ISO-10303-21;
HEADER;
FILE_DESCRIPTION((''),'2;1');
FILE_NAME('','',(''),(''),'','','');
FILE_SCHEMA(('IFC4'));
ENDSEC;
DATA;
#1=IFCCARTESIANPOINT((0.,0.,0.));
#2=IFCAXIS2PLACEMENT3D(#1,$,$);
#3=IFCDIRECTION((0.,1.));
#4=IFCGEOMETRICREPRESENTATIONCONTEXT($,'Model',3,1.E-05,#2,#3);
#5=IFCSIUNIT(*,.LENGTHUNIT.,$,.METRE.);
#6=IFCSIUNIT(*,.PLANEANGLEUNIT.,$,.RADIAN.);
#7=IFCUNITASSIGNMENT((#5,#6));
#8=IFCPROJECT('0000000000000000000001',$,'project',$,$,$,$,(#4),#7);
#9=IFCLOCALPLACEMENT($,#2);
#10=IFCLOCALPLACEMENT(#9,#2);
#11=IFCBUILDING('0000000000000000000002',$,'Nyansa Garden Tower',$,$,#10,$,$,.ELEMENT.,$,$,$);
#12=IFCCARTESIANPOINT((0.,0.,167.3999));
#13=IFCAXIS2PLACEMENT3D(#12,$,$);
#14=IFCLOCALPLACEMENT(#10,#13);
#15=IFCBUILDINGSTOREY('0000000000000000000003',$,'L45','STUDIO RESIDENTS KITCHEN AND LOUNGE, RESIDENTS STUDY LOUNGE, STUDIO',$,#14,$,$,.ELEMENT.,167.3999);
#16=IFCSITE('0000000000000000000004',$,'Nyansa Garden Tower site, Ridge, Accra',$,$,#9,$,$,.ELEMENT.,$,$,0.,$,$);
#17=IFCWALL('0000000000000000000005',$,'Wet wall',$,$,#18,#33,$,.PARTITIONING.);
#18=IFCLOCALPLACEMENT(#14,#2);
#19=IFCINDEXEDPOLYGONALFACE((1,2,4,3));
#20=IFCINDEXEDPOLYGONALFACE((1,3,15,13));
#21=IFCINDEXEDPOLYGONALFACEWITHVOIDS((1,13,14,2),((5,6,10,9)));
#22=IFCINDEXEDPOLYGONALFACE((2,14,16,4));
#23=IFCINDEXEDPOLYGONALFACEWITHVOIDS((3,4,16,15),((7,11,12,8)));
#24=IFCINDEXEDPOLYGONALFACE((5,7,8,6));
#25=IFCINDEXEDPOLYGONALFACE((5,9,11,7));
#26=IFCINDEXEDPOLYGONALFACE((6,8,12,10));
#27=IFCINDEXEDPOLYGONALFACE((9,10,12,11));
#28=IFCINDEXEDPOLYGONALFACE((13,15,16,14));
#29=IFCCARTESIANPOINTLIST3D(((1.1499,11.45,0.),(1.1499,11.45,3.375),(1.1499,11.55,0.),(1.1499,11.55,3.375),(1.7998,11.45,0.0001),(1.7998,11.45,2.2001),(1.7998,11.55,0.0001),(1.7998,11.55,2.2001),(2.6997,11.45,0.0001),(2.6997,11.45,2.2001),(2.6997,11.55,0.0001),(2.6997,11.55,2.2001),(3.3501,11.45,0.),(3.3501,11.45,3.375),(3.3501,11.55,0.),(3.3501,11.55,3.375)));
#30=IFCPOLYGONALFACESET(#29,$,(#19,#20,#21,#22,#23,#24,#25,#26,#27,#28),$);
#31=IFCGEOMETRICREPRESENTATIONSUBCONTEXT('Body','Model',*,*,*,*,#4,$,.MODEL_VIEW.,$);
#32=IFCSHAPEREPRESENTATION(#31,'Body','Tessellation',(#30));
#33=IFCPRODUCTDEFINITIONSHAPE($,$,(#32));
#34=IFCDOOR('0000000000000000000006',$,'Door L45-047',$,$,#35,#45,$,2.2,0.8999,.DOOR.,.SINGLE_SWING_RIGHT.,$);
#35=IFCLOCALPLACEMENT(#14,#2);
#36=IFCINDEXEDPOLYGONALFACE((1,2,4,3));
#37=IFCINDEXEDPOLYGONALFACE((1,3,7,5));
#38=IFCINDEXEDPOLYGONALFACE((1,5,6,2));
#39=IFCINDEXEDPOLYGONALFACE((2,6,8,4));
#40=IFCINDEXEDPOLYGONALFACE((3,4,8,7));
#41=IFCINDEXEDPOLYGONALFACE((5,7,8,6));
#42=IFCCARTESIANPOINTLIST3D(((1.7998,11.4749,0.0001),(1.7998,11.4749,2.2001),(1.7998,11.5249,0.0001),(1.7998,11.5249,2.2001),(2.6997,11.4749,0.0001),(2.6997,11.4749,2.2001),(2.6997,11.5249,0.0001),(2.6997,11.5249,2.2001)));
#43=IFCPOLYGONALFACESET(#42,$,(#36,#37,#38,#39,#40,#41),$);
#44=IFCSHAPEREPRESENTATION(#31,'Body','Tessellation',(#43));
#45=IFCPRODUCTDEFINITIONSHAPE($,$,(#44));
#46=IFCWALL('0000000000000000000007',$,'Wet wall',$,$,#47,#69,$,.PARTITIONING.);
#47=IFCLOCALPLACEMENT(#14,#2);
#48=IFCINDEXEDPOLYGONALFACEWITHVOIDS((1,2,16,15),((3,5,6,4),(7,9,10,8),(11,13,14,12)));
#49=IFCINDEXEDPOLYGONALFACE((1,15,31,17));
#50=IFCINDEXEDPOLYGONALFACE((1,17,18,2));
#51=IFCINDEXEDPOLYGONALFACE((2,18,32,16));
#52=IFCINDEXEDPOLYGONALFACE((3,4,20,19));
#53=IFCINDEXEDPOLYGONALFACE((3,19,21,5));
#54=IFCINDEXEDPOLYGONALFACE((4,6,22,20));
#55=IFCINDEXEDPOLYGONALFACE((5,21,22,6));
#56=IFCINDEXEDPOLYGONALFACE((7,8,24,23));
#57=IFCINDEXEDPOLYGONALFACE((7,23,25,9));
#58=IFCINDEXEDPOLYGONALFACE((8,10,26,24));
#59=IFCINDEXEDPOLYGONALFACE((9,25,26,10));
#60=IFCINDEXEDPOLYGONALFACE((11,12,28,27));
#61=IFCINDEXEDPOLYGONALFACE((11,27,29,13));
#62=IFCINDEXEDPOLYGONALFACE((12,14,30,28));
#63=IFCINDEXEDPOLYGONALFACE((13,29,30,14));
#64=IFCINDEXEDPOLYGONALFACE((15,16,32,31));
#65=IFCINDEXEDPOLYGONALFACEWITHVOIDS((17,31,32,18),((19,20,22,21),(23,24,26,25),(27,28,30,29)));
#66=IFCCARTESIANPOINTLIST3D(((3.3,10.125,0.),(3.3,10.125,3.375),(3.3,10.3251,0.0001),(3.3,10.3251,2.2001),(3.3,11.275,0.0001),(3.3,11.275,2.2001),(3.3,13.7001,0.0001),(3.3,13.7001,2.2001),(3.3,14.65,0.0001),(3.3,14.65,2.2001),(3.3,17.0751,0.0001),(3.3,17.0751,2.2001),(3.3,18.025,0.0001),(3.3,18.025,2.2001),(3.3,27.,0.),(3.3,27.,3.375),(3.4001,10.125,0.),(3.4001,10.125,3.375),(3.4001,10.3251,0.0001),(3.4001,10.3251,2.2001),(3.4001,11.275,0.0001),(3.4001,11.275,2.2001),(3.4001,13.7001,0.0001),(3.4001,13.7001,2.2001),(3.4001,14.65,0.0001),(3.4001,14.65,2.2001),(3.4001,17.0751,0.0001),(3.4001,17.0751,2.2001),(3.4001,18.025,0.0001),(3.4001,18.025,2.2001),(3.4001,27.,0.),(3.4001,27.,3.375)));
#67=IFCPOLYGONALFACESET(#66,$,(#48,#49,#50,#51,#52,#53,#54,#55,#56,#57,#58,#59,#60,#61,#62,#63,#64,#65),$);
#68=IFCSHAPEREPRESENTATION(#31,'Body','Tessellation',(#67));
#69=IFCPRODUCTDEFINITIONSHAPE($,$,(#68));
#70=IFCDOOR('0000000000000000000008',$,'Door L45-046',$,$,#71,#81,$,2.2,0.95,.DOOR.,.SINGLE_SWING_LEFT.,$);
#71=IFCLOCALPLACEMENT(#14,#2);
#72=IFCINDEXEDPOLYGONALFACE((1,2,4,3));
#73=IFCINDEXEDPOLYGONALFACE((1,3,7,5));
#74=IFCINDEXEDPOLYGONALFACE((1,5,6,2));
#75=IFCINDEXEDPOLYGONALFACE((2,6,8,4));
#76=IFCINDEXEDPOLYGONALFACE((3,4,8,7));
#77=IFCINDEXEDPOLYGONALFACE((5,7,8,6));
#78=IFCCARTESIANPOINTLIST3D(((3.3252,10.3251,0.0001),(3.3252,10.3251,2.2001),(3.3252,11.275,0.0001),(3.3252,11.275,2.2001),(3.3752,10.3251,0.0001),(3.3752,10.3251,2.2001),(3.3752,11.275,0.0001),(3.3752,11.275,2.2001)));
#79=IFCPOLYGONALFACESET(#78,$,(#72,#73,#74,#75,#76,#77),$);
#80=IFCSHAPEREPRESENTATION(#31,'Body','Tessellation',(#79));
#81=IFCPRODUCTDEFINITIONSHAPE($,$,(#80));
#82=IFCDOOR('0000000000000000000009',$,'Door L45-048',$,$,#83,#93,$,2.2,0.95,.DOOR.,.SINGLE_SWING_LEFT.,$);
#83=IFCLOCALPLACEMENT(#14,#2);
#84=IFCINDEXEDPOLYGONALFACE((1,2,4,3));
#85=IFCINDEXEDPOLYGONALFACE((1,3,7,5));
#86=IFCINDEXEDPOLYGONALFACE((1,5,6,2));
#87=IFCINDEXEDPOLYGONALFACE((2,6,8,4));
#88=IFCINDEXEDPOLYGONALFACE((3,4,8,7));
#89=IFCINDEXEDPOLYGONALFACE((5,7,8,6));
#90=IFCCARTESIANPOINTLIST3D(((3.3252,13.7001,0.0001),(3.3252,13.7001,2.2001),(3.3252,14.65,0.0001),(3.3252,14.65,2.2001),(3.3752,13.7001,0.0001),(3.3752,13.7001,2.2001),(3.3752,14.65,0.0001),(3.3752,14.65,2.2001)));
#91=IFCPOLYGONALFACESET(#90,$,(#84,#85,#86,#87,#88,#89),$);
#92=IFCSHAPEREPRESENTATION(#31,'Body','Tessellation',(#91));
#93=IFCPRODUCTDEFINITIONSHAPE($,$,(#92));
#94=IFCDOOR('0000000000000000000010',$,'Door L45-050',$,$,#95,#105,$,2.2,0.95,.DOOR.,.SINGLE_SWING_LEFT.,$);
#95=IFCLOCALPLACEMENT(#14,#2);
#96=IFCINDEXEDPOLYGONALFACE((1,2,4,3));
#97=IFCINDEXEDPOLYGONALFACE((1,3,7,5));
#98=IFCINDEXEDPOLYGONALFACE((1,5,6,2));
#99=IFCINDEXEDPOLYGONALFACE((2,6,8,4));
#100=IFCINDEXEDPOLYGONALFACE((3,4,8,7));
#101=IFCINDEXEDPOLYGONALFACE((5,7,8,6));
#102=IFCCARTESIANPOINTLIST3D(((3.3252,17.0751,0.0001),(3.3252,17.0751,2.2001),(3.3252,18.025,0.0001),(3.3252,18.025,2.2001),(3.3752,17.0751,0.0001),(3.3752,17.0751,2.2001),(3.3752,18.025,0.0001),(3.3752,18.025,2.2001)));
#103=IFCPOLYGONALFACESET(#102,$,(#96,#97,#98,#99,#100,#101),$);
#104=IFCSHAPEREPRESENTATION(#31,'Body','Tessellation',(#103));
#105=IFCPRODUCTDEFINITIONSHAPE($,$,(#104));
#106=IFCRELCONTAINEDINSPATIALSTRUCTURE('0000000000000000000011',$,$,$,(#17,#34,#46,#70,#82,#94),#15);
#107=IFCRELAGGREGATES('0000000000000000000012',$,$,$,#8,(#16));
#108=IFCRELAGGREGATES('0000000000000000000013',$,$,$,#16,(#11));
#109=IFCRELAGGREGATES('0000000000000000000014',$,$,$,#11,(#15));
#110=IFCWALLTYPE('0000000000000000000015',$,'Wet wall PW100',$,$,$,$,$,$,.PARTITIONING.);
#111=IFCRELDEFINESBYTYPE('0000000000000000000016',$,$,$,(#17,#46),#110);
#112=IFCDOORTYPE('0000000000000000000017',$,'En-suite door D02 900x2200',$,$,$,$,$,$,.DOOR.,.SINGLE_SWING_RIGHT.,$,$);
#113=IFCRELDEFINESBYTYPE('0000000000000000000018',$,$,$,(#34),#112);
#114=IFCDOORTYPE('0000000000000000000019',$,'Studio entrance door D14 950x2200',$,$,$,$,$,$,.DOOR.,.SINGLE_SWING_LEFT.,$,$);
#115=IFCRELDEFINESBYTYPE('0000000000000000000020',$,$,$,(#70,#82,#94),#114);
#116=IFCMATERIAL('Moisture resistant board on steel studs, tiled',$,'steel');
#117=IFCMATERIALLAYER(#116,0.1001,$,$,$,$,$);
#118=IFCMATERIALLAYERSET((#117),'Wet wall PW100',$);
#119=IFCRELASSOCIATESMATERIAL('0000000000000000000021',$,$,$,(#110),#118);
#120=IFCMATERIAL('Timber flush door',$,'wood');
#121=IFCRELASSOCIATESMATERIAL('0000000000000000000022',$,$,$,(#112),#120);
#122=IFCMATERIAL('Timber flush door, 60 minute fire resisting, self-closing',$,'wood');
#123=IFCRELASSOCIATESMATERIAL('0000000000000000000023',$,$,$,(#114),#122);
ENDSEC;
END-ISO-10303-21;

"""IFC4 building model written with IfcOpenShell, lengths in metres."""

from ifc_helpers import new_model, si_unit, direction, frame, frame_2d, origin, place, context, subcontext, project, spatial, rectangle, extrude, material, layer, layer_set, type_object, element, fill, save


model = new_model("IFC4")

# Units and contexts
model_context = context("Model", 3, precision=1e-05, world=origin(), true_north=direction((0.0, 1.0)))
body_context = subcontext(model_context, "Body", "Model", "MODEL_VIEW")
ifc_project = project(units=[si_unit("LENGTHUNIT", "METRE"), si_unit("PLANEANGLEUNIT", "RADIAN")], contexts=[model_context])

# Site, building, storey
site_placement = place(None, origin())
site = spatial("IfcSite", under=ifc_project, at=site_placement, Name="Nyansa Garden Tower site, Ridge, Accra", CompositionType="ELEMENT", RefElevation=0.0)
building_placement = place(site_placement, origin())
building = spatial("IfcBuilding", under=site, at=building_placement, Name="Nyansa Garden Tower", CompositionType="ELEMENT")
storey_placement = place(building_placement, frame((0.0, 0.0, 167.3999)))
storey = spatial("IfcBuildingStorey", under=building, at=storey_placement, Name="L45", Description="STUDIO RESIDENTS KITCHEN AND LOUNGE, RESIDENTS STUDY LOUNGE, STUDIO", CompositionType="ELEMENT", Elevation=167.3999)

# Shared definitions
ifc_material_1 = material(Name="Moisture resistant board on steel studs, tiled", Category="steel")
ifc_layer_1 = layer(ifc_material_1, 0.1001)
ifc_layer_set_1 = layer_set([ifc_layer_1], Name="Wet wall PW100")
wall_type_1 = type_object("IfcWallType", Name="Wet wall PW100", PredefinedType="PARTITIONING", material=ifc_layer_set_1)

# Wall, opening, door
wall_1_placement = place(storey_placement, frame((1.1499, 11.5, 0.0), z_axis=(0.0, 0.0, 1.0), x_axis=(1.0, 0.0, 0.0)))
wall_1 = element("IfcWall", 1, at=wall_1_placement, inside=storey, type_object=wall_type_1, Name="Wet wall", PredefinedType="PARTITIONING", context=body_context, shape_type="SweptSolid", body=[
    extrude(rectangle(XDim=2.2002, YDim=0.1001, at=frame_2d((1.1001, 0.0))), origin(), (0.0, 0.0, 1.0), 3.375),
])
opening_1_placement = place(wall_1_placement, frame((0.6499, 0.0, 0.0)))
opening_1 = element("IfcOpeningElement", 2, at=opening_1_placement, cuts=wall_1, PredefinedType="OPENING", context=body_context, shape_type="SweptSolid", body=[
    extrude(rectangle(XDim=0.8999, YDim=2.2, at=frame_2d((0.45, 1.1001))), frame((0.0, 0.0601, 0.0), z_axis=(0.0, -1.0, 0.0), x_axis=(1.0, 0.0, 0.0)), (0.0, 0.0, 1.0), 0.1201),
])
ifc_material_2 = material(Name="Timber flush door", Category="wood")
door_type_1 = type_object("IfcDoorType", Name="En-suite door D02 900x2200", OperationType="SINGLE_SWING_RIGHT", PredefinedType="DOOR", material=ifc_material_2)
door_1_placement = place(opening_1_placement, origin())
door_1 = element("IfcDoor", 3, at=door_1_placement, inside=storey, type_object=door_type_1, Name="Door L45-047", OperationType="SINGLE_SWING_RIGHT", OverallHeight=2.2, OverallWidth=0.8999, PredefinedType="DOOR", context=body_context, shape_type="SweptSolid", body=[
    extrude(rectangle(XDim=0.8999, YDim=2.2, at=frame_2d((0.45, 1.1001))), frame((0.0, 0.0249, 0.0), z_axis=(0.0, -1.0, 0.0), x_axis=(1.0, 0.0, 0.0)), (0.0, 0.0, 1.0), 0.05),
])
fill(opening_1, door_1)

# Wall, openings, doors
wall_2_placement = place(storey_placement, frame((3.3501, 10.125, 0.0), z_axis=(0.0, 0.0, 1.0), x_axis=(0.0, 1.0, 0.0)))
wall_2 = element("IfcWall", 4, at=wall_2_placement, inside=storey, type_object=wall_type_1, Name="Wet wall", PredefinedType="PARTITIONING", context=body_context, shape_type="SweptSolid", body=[
    extrude(rectangle(XDim=16.875, YDim=0.1001, at=frame_2d((8.4375, 0.0))), origin(), (0.0, 0.0, 1.0), 3.375),
])
opening_2_placement = place(wall_2_placement, frame((0.2, 0.0, 0.0)))
opening_2 = element("IfcOpeningElement", 5, at=opening_2_placement, cuts=wall_2, PredefinedType="OPENING", context=body_context, shape_type="SweptSolid", body=[
    extrude(rectangle(XDim=0.95, YDim=2.2, at=frame_2d((0.4751, 1.1001))), frame((0.0, 0.0601, 0.0), z_axis=(0.0, -1.0, 0.0), x_axis=(1.0, 0.0, 0.0)), (0.0, 0.0, 1.0), 0.1201),
])
opening_3_placement = place(wall_2_placement, frame((3.575, 0.0, 0.0)))
opening_3 = element("IfcOpeningElement", 6, at=opening_3_placement, cuts=wall_2, PredefinedType="OPENING", context=body_context, shape_type="SweptSolid", body=[
    extrude(rectangle(XDim=0.95, YDim=2.2, at=frame_2d((0.4751, 1.1001))), frame((0.0, 0.0601, 0.0), z_axis=(0.0, -1.0, 0.0), x_axis=(1.0, 0.0, 0.0)), (0.0, 0.0, 1.0), 0.1201),
])
opening_4_placement = place(wall_2_placement, frame((6.95, 0.0, 0.0)))
opening_4 = element("IfcOpeningElement", 7, at=opening_4_placement, cuts=wall_2, PredefinedType="OPENING", context=body_context, shape_type="SweptSolid", body=[
    extrude(rectangle(XDim=0.95, YDim=2.2, at=frame_2d((0.4751, 1.1001))), frame((0.0, 0.0601, 0.0), z_axis=(0.0, -1.0, 0.0), x_axis=(1.0, 0.0, 0.0)), (0.0, 0.0, 1.0), 0.1201),
])
ifc_material_3 = material(Name="Timber flush door, 60 minute fire resisting, self-closing", Category="wood")
door_type_2 = type_object("IfcDoorType", Name="Studio entrance door D14 950x2200", OperationType="SINGLE_SWING_LEFT", PredefinedType="DOOR", material=ifc_material_3)
door_2_placement = place(opening_2_placement, origin())
door_2 = element("IfcDoor", 8, at=door_2_placement, inside=storey, type_object=door_type_2, Name="Door L45-046", OperationType="SINGLE_SWING_LEFT", OverallHeight=2.2, OverallWidth=0.95, PredefinedType="DOOR", context=body_context, shape_type="SweptSolid", body=[
    extrude(rectangle(XDim=0.95, YDim=2.2, at=frame_2d((0.4751, 1.1001))), frame((0.0, 0.0249, 0.0), z_axis=(0.0, -1.0, 0.0), x_axis=(1.0, 0.0, 0.0)), (0.0, 0.0, 1.0), 0.05),
])
fill(opening_2, door_2)
door_3_placement = place(opening_3_placement, origin())
door_3 = element("IfcDoor", 9, at=door_3_placement, inside=storey, type_object=door_type_2, Name="Door L45-048", OperationType="SINGLE_SWING_LEFT", OverallHeight=2.2, OverallWidth=0.95, PredefinedType="DOOR", context=body_context, shape_type="SweptSolid", body=[
    extrude(rectangle(XDim=0.95, YDim=2.2, at=frame_2d((0.4751, 1.1001))), frame((0.0, 0.0249, 0.0), z_axis=(0.0, -1.0, 0.0), x_axis=(1.0, 0.0, 0.0)), (0.0, 0.0, 1.0), 0.05),
])
fill(opening_3, door_3)
door_4_placement = place(opening_4_placement, origin())
door_4 = element("IfcDoor", 10, at=door_4_placement, inside=storey, type_object=door_type_2, Name="Door L45-050", OperationType="SINGLE_SWING_LEFT", OverallHeight=2.2, OverallWidth=0.95, PredefinedType="DOOR", context=body_context, shape_type="SweptSolid", body=[
    extrude(rectangle(XDim=0.95, YDim=2.2, at=frame_2d((0.4751, 1.1001))), frame((0.0, 0.0249, 0.0), z_axis=(0.0, -1.0, 0.0), x_axis=(1.0, 0.0, 0.0)), (0.0, 0.0, 1.0), 0.05),
])
fill(opening_4, door_4)

save(model, "model.ifc")
